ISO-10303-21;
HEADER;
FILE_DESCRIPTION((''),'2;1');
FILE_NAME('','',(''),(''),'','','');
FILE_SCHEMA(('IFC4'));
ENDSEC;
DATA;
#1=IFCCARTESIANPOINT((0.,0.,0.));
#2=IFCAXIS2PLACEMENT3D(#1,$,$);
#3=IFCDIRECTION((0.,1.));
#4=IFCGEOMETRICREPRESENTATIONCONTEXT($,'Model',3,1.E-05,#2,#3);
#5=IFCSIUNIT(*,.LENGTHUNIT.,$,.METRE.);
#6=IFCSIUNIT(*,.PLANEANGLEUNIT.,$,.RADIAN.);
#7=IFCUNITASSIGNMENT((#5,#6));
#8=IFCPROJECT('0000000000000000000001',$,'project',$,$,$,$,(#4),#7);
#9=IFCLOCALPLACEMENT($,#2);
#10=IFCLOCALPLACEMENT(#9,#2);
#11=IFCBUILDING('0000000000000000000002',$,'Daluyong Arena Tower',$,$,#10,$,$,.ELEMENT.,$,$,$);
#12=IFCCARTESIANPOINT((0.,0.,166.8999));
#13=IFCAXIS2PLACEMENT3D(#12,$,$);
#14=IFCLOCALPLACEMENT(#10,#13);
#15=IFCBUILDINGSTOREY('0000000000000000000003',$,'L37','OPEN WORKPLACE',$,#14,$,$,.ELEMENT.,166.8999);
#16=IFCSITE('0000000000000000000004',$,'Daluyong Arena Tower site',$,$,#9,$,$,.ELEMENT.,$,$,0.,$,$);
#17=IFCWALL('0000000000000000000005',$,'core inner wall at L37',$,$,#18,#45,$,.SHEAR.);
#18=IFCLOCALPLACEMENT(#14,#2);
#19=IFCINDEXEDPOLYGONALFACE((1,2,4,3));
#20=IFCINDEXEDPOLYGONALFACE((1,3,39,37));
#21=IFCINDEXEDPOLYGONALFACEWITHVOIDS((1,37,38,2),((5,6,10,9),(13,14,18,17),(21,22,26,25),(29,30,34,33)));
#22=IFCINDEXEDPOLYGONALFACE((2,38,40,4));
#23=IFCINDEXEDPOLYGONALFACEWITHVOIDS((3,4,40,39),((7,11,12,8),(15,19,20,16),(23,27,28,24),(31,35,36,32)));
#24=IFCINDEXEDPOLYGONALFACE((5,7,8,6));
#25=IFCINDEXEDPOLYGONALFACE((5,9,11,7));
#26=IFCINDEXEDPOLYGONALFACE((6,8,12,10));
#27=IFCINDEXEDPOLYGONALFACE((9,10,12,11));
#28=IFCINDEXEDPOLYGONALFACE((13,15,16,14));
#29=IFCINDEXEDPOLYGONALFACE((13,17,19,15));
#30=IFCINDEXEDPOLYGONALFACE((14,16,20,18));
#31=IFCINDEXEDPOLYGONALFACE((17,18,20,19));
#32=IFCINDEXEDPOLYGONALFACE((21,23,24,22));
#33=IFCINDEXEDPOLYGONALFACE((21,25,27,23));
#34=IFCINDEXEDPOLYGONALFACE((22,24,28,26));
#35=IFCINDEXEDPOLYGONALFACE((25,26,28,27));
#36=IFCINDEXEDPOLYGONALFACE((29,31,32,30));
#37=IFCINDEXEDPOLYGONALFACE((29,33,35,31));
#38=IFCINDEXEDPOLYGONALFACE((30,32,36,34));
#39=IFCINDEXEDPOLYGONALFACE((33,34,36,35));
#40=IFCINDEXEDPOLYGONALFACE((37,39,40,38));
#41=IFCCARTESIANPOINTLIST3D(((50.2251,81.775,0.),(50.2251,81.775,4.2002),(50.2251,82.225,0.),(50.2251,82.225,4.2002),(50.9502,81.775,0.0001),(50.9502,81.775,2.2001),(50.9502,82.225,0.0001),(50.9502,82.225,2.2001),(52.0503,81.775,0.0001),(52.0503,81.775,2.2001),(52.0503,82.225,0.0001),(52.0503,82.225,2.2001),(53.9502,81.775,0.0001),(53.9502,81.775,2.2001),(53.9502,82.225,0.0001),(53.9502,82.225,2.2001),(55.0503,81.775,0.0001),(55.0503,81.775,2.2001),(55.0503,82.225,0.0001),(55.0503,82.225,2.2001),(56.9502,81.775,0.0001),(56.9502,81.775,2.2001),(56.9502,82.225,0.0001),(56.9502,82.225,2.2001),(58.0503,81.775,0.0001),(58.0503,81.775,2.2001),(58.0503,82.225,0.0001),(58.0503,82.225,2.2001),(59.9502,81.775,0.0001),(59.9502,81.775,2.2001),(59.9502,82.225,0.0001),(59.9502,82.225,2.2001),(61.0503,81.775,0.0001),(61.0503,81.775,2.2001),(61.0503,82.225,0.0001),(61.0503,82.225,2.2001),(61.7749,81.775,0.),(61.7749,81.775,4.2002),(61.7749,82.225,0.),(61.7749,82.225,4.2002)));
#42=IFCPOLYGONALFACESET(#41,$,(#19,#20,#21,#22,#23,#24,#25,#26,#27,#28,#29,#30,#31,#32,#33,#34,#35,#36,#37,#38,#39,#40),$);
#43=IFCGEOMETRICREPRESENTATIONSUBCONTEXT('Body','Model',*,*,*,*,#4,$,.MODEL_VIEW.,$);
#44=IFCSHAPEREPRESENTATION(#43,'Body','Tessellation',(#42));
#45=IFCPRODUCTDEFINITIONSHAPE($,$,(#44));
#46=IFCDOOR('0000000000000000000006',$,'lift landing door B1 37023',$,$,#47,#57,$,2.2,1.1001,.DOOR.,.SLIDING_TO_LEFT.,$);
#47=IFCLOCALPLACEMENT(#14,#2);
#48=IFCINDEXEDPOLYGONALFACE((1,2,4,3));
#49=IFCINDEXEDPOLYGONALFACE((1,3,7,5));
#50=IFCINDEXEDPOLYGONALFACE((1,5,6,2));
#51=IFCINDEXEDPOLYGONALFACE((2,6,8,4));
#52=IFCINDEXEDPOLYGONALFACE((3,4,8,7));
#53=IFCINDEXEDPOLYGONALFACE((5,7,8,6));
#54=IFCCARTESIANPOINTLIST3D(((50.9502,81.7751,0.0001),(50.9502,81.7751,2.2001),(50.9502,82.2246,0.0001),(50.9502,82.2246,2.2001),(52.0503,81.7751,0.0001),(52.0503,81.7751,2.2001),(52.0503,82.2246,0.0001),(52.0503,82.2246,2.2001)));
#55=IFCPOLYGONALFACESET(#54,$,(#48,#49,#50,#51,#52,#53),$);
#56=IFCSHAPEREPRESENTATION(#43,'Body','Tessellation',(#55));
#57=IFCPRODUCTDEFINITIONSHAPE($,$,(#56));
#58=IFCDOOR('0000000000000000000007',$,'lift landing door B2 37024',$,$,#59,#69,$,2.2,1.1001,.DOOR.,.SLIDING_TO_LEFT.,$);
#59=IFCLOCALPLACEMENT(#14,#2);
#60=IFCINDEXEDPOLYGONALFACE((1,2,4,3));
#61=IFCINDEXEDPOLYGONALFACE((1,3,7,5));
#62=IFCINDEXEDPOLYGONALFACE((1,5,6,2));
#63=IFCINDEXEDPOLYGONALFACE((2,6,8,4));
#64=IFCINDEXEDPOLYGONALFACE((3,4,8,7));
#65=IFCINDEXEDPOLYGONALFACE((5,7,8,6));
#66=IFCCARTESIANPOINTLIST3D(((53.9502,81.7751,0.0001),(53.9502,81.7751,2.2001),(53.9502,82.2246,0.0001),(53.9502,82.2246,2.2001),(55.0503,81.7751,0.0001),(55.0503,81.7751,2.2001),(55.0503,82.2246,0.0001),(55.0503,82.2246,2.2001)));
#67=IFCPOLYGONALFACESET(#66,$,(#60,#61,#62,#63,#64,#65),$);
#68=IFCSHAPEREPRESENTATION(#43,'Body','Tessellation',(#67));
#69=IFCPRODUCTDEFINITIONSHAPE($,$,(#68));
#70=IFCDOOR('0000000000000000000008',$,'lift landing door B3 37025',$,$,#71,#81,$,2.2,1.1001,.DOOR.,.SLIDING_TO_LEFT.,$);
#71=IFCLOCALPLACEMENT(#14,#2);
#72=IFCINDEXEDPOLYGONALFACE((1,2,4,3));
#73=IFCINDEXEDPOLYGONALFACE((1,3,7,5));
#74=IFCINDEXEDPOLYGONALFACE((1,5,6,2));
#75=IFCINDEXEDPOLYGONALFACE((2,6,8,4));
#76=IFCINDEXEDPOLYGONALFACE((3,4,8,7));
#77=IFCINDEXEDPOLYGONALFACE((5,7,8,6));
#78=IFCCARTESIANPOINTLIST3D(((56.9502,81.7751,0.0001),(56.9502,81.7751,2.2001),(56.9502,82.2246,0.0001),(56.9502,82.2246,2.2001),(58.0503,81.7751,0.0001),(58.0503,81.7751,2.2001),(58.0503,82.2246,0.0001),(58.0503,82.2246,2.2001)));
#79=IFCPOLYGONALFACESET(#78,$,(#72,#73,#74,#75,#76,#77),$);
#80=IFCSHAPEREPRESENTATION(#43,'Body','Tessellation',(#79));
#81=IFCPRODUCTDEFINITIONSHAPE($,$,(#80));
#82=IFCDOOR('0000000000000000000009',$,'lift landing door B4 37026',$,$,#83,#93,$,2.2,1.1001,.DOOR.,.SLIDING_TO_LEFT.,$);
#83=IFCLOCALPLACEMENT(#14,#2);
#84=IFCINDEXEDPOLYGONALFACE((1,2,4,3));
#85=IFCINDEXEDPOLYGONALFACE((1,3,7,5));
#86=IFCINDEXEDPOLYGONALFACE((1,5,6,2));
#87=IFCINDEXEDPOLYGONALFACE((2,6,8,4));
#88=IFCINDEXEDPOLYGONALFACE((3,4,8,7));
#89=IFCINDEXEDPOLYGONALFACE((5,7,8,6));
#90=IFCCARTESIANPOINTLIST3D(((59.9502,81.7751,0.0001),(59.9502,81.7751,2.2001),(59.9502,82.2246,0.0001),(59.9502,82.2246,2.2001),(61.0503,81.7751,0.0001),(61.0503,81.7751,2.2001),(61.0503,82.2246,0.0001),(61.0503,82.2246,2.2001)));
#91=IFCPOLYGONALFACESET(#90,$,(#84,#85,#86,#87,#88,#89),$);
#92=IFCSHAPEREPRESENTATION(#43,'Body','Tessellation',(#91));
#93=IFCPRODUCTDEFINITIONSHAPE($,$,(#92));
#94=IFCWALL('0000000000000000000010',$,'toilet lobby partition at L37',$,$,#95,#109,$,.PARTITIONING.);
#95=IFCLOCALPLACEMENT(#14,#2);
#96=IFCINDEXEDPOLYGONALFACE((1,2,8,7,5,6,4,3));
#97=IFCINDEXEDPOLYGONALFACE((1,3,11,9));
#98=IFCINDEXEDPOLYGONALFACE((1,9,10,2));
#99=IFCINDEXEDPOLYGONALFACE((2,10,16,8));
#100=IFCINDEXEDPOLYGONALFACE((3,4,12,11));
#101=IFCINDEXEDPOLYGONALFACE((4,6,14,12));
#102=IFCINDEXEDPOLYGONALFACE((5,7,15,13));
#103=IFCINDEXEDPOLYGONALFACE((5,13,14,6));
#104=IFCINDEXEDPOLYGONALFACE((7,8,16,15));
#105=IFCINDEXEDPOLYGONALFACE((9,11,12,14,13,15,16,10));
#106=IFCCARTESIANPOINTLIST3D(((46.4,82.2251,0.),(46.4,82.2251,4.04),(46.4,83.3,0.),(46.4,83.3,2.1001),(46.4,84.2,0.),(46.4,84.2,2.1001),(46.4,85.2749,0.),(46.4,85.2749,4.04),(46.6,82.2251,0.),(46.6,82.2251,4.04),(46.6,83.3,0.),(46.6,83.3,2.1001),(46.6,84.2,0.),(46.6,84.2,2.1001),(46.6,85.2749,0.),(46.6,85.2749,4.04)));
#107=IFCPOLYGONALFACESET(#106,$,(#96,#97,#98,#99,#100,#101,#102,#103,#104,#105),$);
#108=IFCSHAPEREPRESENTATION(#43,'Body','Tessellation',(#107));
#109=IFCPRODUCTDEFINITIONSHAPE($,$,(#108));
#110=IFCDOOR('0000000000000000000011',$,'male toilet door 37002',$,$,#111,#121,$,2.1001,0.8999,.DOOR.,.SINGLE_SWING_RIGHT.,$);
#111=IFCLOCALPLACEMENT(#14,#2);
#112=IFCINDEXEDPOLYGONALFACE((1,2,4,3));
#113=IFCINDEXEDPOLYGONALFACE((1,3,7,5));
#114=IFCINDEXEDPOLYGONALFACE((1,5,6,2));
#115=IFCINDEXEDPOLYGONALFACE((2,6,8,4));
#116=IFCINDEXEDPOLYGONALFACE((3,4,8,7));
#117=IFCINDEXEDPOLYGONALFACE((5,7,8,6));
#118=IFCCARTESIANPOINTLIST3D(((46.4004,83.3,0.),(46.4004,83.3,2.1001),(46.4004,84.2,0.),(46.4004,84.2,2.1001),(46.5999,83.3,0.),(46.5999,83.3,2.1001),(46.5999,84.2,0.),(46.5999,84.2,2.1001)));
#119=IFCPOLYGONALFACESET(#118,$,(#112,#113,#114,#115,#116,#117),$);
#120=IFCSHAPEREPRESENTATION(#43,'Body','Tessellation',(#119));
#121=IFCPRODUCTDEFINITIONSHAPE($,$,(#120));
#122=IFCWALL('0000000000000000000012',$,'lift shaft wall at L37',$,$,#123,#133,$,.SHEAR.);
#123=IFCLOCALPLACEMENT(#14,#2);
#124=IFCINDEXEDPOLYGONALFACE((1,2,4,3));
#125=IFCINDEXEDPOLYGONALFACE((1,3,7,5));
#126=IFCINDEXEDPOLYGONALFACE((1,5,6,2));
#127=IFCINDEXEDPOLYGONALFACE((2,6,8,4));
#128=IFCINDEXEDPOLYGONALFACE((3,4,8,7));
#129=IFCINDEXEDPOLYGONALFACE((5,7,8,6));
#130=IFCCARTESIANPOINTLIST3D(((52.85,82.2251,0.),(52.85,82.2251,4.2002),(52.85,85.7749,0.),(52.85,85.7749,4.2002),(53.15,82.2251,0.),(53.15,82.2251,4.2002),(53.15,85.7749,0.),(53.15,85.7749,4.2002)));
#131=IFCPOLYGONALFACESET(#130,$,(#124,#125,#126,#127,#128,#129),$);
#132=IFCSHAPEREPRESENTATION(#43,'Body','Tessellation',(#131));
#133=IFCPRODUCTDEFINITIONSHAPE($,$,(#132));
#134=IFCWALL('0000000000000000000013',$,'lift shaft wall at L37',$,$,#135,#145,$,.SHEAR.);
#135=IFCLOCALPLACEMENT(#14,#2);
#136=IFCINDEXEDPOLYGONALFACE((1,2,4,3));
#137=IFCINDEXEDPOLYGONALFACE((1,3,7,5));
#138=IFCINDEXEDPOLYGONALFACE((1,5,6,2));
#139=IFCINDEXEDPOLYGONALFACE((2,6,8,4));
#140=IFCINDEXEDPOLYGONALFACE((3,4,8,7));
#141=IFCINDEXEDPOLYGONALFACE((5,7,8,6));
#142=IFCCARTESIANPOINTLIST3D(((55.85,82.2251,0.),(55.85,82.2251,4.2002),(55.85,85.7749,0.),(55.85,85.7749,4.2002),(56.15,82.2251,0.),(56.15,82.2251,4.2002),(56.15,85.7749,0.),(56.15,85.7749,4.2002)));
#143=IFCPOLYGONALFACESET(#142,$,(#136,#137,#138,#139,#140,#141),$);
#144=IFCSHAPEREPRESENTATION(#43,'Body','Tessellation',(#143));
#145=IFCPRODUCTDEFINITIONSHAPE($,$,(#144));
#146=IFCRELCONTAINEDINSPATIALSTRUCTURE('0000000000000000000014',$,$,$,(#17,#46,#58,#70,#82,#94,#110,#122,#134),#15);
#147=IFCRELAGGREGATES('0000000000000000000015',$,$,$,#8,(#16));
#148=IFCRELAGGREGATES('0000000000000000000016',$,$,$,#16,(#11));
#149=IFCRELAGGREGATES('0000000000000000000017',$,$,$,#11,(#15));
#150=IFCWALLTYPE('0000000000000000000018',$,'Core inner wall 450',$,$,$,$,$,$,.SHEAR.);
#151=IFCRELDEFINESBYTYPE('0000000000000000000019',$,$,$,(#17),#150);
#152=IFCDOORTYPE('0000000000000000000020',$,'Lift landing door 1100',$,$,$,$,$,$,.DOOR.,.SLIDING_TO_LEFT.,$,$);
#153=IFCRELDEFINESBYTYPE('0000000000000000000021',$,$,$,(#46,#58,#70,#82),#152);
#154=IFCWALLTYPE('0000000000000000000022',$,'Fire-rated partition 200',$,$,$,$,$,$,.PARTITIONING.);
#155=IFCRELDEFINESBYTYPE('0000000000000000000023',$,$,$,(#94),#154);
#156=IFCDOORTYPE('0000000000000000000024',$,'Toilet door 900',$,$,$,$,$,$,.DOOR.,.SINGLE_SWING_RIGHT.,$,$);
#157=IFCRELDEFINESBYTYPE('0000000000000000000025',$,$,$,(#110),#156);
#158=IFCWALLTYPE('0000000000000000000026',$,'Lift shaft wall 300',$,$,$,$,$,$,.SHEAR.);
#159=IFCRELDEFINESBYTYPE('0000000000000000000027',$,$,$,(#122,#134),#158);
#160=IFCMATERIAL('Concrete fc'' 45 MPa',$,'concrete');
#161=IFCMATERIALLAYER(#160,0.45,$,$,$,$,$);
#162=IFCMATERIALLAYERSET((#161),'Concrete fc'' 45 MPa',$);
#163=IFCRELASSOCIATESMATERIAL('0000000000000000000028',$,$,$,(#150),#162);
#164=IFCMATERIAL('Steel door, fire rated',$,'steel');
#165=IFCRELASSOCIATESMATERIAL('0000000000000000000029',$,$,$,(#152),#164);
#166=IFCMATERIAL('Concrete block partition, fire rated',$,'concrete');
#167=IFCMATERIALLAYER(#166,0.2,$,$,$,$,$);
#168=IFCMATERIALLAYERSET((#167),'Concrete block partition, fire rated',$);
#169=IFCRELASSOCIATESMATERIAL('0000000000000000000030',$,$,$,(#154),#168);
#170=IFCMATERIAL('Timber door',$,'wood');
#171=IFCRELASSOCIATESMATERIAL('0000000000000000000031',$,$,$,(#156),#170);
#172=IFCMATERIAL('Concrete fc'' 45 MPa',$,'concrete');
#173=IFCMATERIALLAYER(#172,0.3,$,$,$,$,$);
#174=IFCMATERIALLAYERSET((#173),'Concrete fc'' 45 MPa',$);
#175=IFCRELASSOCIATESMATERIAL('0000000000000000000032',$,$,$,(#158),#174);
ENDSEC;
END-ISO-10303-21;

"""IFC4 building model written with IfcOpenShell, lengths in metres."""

from ifc_helpers import new_model, si_unit, direction, frame, frame_2d, origin, place, context, subcontext, project, spatial, rectangle, extrude, material, layer, layer_set, type_object, element, fill, save


model = new_model("IFC4")

# Units and contexts
model_context = context("Model", 3, precision=1e-05, world=origin(), true_north=direction((0.0, 1.0)))
body_context = subcontext(model_context, "Body", "Model", "MODEL_VIEW")
ifc_project = project(units=[si_unit("LENGTHUNIT", "METRE"), si_unit("PLANEANGLEUNIT", "RADIAN")], contexts=[model_context])

# Site, building, storey
site_placement = place(None, origin())
site = spatial("IfcSite", under=ifc_project, at=site_placement, Name="Daluyong Arena Tower site", CompositionType="ELEMENT", RefElevation=0.0)
building_placement = place(site_placement, origin())
building = spatial("IfcBuilding", under=site, at=building_placement, Name="Daluyong Arena Tower", CompositionType="ELEMENT")
storey_placement = place(building_placement, frame((0.0, 0.0, 166.8999)))
storey = spatial("IfcBuildingStorey", under=building, at=storey_placement, Name="L37", Description="OPEN WORKPLACE", CompositionType="ELEMENT", Elevation=166.8999)

# Wall, openings, doors
ifc_material_1 = material(Name="Concrete fc' 45 MPa", Category="concrete")
ifc_layer_1 = layer(ifc_material_1, 0.45)
ifc_layer_set_1 = layer_set([ifc_layer_1], Name="Concrete fc' 45 MPa")
wall_type_1 = type_object("IfcWallType", Name="Core inner wall 450", PredefinedType="SHEAR", material=ifc_layer_set_1)
wall_1_placement = place(storey_placement, frame((50.2251, 82.0, 0.0), z_axis=(0.0, 0.0, 1.0), x_axis=(1.0, 0.0, 0.0)))
wall_1 = element("IfcWall", 1, at=wall_1_placement, inside=storey, type_object=wall_type_1, Name="core inner wall at L37", PredefinedType="SHEAR", context=body_context, shape_type="SweptSolid", body=[
    extrude(rectangle(XDim=11.5498, YDim=0.45, at=frame_2d((5.7749, 0.0))), origin(), (0.0, 0.0, 1.0), 4.2002),
])
opening_1_placement = place(wall_1_placement, frame((0.7251, 0.0, 0.0)))
opening_1 = element("IfcOpeningElement", 2, at=opening_1_placement, cuts=wall_1, PredefinedType="OPENING", context=body_context, shape_type="SweptSolid", body=[
    extrude(rectangle(XDim=1.1001, YDim=2.2, at=frame_2d((0.55, 1.1001))), frame((0.0, 0.2349, 0.0), z_axis=(0.0, -1.0, 0.0), x_axis=(1.0, 0.0, 0.0)), (0.0, 0.0, 1.0), 0.47),
])
opening_2_placement = place(wall_1_placement, frame((3.7251, 0.0, 0.0)))
opening_2 = element("IfcOpeningElement", 3, at=opening_2_placement, cuts=wall_1, PredefinedType="OPENING", context=body_context, shape_type="SweptSolid", body=[
    extrude(rectangle(XDim=1.1001, YDim=2.2, at=frame_2d((0.55, 1.1001))), frame((0.0, 0.2349, 0.0), z_axis=(0.0, -1.0, 0.0), x_axis=(1.0, 0.0, 0.0)), (0.0, 0.0, 1.0), 0.47),
])
opening_3_placement = place(wall_1_placement, frame((6.7251, 0.0, 0.0)))
opening_3 = element("IfcOpeningElement", 4, at=opening_3_placement, cuts=wall_1, PredefinedType="OPENING", context=body_context, shape_type="SweptSolid", body=[
    extrude(rectangle(XDim=1.1001, YDim=2.2, at=frame_2d((0.55, 1.1001))), frame((0.0, 0.2349, 0.0), z_axis=(0.0, -1.0, 0.0), x_axis=(1.0, 0.0, 0.0)), (0.0, 0.0, 1.0), 0.47),
])
opening_4_placement = place(wall_1_placement, frame((9.7251, 0.0, 0.0)))
opening_4 = element("IfcOpeningElement", 5, at=opening_4_placement, cuts=wall_1, PredefinedType="OPENING", context=body_context, shape_type="SweptSolid", body=[
    extrude(rectangle(XDim=1.1001, YDim=2.2, at=frame_2d((0.55, 1.1001))), frame((0.0, 0.2349, 0.0), z_axis=(0.0, -1.0, 0.0), x_axis=(1.0, 0.0, 0.0)), (0.0, 0.0, 1.0), 0.47),
])
ifc_material_2 = material(Name="Steel door, fire rated", Category="steel")
door_type_1 = type_object("IfcDoorType", Name="Lift landing door 1100", OperationType="SLIDING_TO_LEFT", PredefinedType="DOOR", material=ifc_material_2)
door_1_placement = place(opening_1_placement, origin())
door_1 = element("IfcDoor", 6, at=door_1_placement, inside=storey, type_object=door_type_1, Name="lift landing door B1 37023", OperationType="SLIDING_TO_LEFT", OverallHeight=2.2, OverallWidth=1.1001, PredefinedType="DOOR", context=body_context, shape_type="SweptSolid", body=[
    extrude(rectangle(XDim=1.1001, YDim=2.2, at=frame_2d((0.55, 1.1001))), frame((0.0, 0.2246, 0.0), z_axis=(0.0, -1.0, 0.0), x_axis=(1.0, 0.0, 0.0)), (0.0, 0.0, 1.0), 0.4495),
])
fill(opening_1, door_1)
door_2_placement = place(opening_2_placement, origin())
door_2 = element("IfcDoor", 7, at=door_2_placement, inside=storey, type_object=door_type_1, Name="lift landing door B2 37024", OperationType="SLIDING_TO_LEFT", OverallHeight=2.2, OverallWidth=1.1001, PredefinedType="DOOR", context=body_context, shape_type="SweptSolid", body=[
    extrude(rectangle(XDim=1.1001, YDim=2.2, at=frame_2d((0.55, 1.1001))), frame((0.0, 0.2246, 0.0), z_axis=(0.0, -1.0, 0.0), x_axis=(1.0, 0.0, 0.0)), (0.0, 0.0, 1.0), 0.4495),
])
fill(opening_2, door_2)
door_3_placement = place(opening_3_placement, origin())
door_3 = element("IfcDoor", 8, at=door_3_placement, inside=storey, type_object=door_type_1, Name="lift landing door B3 37025", OperationType="SLIDING_TO_LEFT", OverallHeight=2.2, OverallWidth=1.1001, PredefinedType="DOOR", context=body_context, shape_type="SweptSolid", body=[
    extrude(rectangle(XDim=1.1001, YDim=2.2, at=frame_2d((0.55, 1.1001))), frame((0.0, 0.2246, 0.0), z_axis=(0.0, -1.0, 0.0), x_axis=(1.0, 0.0, 0.0)), (0.0, 0.0, 1.0), 0.4495),
])
fill(opening_3, door_3)
door_4_placement = place(opening_4_placement, origin())
door_4 = element("IfcDoor", 9, at=door_4_placement, inside=storey, type_object=door_type_1, Name="lift landing door B4 37026", OperationType="SLIDING_TO_LEFT", OverallHeight=2.2, OverallWidth=1.1001, PredefinedType="DOOR", context=body_context, shape_type="SweptSolid", body=[
    extrude(rectangle(XDim=1.1001, YDim=2.2, at=frame_2d((0.55, 1.1001))), frame((0.0, 0.2246, 0.0), z_axis=(0.0, -1.0, 0.0), x_axis=(1.0, 0.0, 0.0)), (0.0, 0.0, 1.0), 0.4495),
])
fill(opening_4, door_4)

# Wall, opening, door
ifc_material_3 = material(Name="Concrete block partition, fire rated", Category="concrete")
ifc_layer_2 = layer(ifc_material_3, 0.2)
ifc_layer_set_2 = layer_set([ifc_layer_2], Name="Concrete block partition, fire rated")
wall_type_2 = type_object("IfcWallType", Name="Fire-rated partition 200", PredefinedType="PARTITIONING", material=ifc_layer_set_2)
wall_2_placement = place(storey_placement, frame((46.5, 82.2251, 0.0), z_axis=(0.0, 0.0, 1.0), x_axis=(0.0, 1.0, 0.0)))
wall_2 = element("IfcWall", 10, at=wall_2_placement, inside=storey, type_object=wall_type_2, Name="toilet lobby partition at L37", PredefinedType="PARTITIONING", context=body_context, shape_type="SweptSolid", body=[
    extrude(rectangle(XDim=3.0498, YDim=0.2, at=frame_2d((1.5249, 0.0))), origin(), (0.0, 0.0, 1.0), 4.04),
])
opening_5_placement = place(wall_2_placement, frame((1.075, 0.0, 0.0)))
opening_5 = element("IfcOpeningElement", 11, at=opening_5_placement, cuts=wall_2, PredefinedType="OPENING", context=body_context, shape_type="SweptSolid", body=[
    extrude(rectangle(XDim=0.8999, YDim=2.1001, at=frame_2d((0.45, 1.05))), frame((0.0, 0.1099, 0.0), z_axis=(0.0, -1.0, 0.0), x_axis=(1.0, 0.0, 0.0)), (0.0, 0.0, 1.0), 0.22),
])
ifc_material_4 = material(Name="Timber door", Category="wood")
door_type_2 = type_object("IfcDoorType", Name="Toilet door 900", OperationType="SINGLE_SWING_RIGHT", PredefinedType="DOOR", material=ifc_material_4)
door_5_placement = place(opening_5_placement, origin())
door_5 = element("IfcDoor", 12, at=door_5_placement, inside=storey, type_object=door_type_2, Name="male toilet door 37002", OperationType="SINGLE_SWING_RIGHT", OverallHeight=2.1001, OverallWidth=0.8999, PredefinedType="DOOR", context=body_context, shape_type="SweptSolid", body=[
    extrude(rectangle(XDim=0.8999, YDim=2.1001, at=frame_2d((0.45, 1.05))), frame((0.0, 0.0996, 0.0), z_axis=(0.0, -1.0, 0.0), x_axis=(1.0, 0.0, 0.0)), (0.0, 0.0, 1.0), 0.1995),
])
fill(opening_5, door_5)

# Walls
ifc_material_5 = material(Name="Concrete fc' 45 MPa", Category="concrete")
ifc_layer_3 = layer(ifc_material_5, 0.3)
ifc_layer_set_3 = layer_set([ifc_layer_3], Name="Concrete fc' 45 MPa")
wall_type_3 = type_object("IfcWallType", Name="Lift shaft wall 300", PredefinedType="SHEAR", material=ifc_layer_set_3)
for number, where, z_axis, x_axis, name in (
    (13, (53.0, 82.2251, 0.0), (0.0, 0.0, 1.0), (0.0, 1.0, 0.0), "lift shaft wall at L37"),
    (14, (56.0, 82.2251, 0.0), (0.0, 0.0, 1.0), (0.0, 1.0, 0.0), "lift shaft wall at L37"),
):
    element("IfcWall", number, at=place(storey_placement, frame(where, z_axis=z_axis, x_axis=x_axis)), inside=storey, type_object=wall_type_3, Name=name, PredefinedType="SHEAR", context=body_context, shape_type="SweptSolid", body=[
        extrude(rectangle(XDim=3.5498, YDim=0.3, at=frame_2d((1.7749, 0.0))), origin(), (0.0, 0.0, 1.0), 4.2002),
    ])

save(model, "model.ifc")
